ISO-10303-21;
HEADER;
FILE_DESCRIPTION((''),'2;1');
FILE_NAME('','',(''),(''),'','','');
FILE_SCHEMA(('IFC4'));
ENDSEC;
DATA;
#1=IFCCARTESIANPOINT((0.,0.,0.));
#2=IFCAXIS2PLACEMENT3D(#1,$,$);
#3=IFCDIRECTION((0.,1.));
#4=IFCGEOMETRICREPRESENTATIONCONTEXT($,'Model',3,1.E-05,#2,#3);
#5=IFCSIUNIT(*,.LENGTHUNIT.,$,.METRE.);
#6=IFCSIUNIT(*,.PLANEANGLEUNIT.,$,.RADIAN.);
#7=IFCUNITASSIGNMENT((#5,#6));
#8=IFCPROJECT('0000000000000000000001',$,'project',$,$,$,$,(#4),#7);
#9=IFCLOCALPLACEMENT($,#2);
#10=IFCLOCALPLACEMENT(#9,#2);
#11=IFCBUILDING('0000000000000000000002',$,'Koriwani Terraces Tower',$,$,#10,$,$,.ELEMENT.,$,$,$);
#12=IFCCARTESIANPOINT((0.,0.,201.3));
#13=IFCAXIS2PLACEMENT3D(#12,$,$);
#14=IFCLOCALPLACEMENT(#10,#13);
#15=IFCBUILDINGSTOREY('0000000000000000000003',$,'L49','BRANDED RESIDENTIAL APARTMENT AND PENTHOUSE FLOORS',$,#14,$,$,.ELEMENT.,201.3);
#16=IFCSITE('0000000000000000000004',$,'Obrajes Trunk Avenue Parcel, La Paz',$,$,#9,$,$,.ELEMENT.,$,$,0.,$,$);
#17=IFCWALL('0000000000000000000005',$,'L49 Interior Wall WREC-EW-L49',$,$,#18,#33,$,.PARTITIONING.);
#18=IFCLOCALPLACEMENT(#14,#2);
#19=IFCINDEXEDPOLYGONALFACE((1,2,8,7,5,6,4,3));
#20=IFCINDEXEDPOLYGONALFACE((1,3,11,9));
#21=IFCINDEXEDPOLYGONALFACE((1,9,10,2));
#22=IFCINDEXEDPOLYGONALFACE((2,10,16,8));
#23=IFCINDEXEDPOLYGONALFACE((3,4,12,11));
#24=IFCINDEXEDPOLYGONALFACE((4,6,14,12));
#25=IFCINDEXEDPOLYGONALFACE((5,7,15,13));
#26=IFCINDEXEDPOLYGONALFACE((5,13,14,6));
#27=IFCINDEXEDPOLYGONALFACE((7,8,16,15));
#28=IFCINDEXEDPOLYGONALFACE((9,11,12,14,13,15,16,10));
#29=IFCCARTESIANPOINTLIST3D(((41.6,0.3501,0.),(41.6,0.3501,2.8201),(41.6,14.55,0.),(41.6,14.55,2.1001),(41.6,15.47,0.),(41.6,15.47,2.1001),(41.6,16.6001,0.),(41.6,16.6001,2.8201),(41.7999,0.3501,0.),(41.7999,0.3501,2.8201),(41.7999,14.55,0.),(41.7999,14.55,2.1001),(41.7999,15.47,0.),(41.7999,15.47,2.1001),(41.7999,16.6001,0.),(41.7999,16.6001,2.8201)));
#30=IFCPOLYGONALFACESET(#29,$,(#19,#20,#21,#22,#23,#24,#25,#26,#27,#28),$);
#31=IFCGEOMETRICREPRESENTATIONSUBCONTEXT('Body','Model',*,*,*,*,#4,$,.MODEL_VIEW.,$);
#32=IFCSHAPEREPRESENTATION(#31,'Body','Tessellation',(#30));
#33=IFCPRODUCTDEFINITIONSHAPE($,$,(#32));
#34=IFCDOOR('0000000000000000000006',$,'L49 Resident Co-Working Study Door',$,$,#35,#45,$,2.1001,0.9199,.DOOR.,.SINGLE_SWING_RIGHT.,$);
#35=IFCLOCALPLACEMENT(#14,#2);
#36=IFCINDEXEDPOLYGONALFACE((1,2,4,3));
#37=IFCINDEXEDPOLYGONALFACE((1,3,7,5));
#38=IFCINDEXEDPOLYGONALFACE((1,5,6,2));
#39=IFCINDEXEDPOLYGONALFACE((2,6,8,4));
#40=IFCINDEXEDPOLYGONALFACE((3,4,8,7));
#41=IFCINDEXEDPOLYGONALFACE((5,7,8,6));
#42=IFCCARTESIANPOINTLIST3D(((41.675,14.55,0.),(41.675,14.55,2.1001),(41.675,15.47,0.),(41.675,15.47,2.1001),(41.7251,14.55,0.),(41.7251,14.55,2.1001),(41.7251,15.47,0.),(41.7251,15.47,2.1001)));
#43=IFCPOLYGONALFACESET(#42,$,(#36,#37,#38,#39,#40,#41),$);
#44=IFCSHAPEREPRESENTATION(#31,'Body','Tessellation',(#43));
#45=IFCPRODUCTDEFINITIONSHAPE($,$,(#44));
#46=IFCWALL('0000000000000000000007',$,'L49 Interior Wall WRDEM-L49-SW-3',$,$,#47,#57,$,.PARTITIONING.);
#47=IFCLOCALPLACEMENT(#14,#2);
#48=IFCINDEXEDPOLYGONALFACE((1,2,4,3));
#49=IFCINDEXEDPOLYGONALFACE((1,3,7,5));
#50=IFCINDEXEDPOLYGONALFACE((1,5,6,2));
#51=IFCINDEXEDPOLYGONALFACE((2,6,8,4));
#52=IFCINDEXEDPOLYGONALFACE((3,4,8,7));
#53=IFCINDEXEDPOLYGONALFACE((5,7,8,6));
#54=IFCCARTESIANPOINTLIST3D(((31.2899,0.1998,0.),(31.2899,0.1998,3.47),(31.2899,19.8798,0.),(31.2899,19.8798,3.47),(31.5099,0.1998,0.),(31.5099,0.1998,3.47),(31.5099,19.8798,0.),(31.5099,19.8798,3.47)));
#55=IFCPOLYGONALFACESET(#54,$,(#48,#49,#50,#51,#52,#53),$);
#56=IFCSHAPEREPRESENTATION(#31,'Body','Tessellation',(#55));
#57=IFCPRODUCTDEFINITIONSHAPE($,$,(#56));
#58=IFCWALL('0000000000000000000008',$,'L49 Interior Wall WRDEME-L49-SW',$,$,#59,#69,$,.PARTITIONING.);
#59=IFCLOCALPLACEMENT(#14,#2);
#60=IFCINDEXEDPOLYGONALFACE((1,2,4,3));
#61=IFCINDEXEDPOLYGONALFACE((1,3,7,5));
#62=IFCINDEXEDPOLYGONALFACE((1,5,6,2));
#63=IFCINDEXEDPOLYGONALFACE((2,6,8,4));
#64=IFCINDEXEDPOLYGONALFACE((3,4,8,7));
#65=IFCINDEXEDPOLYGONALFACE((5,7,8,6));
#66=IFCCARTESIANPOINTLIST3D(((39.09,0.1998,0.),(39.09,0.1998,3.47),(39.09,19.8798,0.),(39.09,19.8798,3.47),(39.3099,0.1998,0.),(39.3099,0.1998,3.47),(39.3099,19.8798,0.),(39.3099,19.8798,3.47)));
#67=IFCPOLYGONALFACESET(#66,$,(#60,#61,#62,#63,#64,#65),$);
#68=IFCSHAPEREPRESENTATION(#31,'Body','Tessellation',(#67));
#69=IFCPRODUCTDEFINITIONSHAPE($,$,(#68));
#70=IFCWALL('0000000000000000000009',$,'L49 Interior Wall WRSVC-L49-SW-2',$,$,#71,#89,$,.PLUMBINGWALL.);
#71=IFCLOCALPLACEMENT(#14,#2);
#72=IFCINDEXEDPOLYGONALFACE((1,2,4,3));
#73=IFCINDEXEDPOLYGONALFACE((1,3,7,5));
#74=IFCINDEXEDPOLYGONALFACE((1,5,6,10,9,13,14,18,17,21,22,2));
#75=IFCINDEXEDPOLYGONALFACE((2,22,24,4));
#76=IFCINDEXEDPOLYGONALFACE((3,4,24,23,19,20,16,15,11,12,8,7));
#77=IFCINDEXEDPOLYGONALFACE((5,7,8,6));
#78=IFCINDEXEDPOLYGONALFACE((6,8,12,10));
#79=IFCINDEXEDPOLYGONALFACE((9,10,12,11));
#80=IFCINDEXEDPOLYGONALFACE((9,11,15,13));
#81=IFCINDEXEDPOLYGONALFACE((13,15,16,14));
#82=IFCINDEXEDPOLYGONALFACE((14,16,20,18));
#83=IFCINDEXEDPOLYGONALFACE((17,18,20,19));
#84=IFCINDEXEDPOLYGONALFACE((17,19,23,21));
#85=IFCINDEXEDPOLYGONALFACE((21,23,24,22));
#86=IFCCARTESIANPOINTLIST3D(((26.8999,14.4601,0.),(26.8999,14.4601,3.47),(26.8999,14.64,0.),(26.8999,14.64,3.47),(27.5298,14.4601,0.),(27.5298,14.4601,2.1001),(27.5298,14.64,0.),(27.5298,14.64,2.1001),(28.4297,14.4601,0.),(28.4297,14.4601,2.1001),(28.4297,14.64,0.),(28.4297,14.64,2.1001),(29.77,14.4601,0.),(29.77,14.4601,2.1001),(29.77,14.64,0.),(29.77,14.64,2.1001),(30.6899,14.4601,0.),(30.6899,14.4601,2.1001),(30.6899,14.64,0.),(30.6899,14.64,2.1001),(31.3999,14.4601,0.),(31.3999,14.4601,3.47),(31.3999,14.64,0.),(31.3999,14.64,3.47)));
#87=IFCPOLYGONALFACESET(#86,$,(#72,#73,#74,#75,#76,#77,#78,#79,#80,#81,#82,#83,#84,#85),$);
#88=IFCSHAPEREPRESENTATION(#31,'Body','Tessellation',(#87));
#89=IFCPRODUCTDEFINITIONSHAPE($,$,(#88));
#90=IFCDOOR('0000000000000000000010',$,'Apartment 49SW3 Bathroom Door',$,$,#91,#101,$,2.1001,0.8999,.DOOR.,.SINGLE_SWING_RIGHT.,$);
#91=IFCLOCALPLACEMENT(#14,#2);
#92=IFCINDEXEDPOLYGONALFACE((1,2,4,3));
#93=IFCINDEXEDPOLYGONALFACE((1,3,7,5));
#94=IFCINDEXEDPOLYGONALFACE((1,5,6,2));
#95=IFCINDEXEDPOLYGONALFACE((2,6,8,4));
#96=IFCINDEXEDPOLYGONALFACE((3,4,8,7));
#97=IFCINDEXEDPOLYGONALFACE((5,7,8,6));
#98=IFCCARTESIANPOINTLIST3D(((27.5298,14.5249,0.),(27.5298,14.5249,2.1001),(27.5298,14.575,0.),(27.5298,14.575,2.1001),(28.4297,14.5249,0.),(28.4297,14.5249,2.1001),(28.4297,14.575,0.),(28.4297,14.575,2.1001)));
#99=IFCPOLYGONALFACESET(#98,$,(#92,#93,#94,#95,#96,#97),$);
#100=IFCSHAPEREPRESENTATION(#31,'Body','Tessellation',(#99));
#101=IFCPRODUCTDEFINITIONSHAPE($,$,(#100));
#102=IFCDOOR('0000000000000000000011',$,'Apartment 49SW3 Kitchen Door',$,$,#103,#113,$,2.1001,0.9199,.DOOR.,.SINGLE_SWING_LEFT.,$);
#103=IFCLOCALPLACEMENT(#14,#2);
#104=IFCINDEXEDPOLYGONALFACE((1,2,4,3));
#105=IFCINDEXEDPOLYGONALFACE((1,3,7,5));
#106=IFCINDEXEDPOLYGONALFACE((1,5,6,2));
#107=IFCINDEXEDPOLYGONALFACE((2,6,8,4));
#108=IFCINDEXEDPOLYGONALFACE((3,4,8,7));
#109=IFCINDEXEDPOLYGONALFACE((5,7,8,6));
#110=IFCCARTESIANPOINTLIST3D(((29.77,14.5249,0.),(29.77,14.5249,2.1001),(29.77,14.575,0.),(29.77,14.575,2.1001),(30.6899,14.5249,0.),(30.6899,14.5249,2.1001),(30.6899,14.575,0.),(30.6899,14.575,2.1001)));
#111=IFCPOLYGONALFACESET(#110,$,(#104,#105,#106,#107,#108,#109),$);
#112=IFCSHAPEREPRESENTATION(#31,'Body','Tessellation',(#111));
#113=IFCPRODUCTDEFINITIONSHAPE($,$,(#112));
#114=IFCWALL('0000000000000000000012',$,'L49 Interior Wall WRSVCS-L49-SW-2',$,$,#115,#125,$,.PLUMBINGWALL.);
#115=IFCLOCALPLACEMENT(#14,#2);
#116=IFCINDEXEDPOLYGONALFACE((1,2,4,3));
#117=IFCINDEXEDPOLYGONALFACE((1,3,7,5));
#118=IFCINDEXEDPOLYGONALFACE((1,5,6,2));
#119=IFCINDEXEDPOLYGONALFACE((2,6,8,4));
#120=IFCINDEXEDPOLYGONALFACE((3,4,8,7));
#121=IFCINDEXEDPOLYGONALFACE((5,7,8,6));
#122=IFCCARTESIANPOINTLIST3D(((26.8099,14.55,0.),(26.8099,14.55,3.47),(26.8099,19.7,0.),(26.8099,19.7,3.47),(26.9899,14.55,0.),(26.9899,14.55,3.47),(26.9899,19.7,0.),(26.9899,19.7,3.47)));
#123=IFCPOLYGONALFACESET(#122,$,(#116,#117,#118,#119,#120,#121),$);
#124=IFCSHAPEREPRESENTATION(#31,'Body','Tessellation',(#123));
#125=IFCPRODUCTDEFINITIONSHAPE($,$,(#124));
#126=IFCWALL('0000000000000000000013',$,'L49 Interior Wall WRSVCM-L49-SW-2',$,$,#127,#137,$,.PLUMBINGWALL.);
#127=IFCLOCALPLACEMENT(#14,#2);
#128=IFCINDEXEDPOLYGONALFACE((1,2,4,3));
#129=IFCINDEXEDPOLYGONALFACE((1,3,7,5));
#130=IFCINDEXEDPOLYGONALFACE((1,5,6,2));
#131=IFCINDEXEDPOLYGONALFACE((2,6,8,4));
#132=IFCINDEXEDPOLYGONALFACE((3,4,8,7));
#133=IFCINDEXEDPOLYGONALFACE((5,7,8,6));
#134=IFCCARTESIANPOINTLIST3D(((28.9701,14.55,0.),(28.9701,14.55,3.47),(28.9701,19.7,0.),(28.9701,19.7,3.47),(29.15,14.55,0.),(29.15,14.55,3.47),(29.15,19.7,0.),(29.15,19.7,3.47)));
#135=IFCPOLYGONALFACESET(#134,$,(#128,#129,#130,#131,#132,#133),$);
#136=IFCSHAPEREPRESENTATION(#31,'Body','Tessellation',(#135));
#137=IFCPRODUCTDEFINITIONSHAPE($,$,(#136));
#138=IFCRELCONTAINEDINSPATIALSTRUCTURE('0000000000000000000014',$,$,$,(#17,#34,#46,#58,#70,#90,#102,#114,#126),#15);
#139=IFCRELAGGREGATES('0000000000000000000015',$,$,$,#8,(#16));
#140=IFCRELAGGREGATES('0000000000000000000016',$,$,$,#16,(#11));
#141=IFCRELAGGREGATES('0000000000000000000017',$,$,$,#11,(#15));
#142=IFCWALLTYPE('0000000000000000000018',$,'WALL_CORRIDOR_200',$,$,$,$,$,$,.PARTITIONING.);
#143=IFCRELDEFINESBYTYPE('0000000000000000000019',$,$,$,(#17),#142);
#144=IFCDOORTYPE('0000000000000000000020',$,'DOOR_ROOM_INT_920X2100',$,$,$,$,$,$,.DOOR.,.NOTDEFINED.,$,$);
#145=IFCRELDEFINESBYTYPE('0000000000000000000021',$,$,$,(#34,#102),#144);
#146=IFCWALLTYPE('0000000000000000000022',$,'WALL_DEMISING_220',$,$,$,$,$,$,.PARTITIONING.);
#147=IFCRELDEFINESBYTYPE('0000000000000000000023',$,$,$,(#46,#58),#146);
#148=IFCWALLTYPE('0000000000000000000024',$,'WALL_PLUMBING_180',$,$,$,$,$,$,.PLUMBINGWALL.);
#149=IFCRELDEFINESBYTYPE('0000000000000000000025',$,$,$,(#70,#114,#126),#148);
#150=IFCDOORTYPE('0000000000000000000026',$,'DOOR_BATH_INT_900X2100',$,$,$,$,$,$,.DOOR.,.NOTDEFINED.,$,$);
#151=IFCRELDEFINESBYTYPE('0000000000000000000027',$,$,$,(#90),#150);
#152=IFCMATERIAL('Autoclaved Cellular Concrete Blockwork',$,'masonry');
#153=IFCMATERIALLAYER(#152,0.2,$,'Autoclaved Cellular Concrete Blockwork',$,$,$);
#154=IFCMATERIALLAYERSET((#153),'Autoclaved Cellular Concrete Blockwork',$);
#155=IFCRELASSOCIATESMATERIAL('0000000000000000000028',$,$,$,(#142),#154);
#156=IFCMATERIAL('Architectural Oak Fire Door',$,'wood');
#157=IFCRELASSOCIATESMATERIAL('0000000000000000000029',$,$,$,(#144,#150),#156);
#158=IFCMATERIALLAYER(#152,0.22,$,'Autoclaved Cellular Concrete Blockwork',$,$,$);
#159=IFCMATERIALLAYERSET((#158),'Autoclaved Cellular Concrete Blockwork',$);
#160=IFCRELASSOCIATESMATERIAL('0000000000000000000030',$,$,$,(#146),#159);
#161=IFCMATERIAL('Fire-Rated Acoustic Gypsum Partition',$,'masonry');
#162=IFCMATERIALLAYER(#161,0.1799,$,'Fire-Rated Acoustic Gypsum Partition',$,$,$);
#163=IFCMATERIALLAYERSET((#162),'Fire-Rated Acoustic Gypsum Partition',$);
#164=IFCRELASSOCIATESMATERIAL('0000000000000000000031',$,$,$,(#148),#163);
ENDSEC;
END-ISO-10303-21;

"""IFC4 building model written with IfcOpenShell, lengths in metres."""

from ifc_helpers import new_model, si_unit, direction, frame, frame_2d, origin, place, context, subcontext, project, spatial, rectangle, extrude, material, layer, layer_set, type_object, element, fill, save


model = new_model("IFC4")

# Units and contexts
model_context = context("Model", 3, precision=1e-05, world=origin(), true_north=direction((0.0, 1.0)))
body_context = subcontext(model_context, "Body", "Model", "MODEL_VIEW")
ifc_project = project(units=[si_unit("LENGTHUNIT", "METRE"), si_unit("PLANEANGLEUNIT", "RADIAN")], contexts=[model_context])

# Site, building, storey
site_placement = place(None, origin())
site = spatial("IfcSite", under=ifc_project, at=site_placement, Name="Obrajes Trunk Avenue Parcel, La Paz", CompositionType="ELEMENT", RefElevation=0.0)
building_placement = place(site_placement, origin())
building = spatial("IfcBuilding", under=site, at=building_placement, Name="Koriwani Terraces Tower", CompositionType="ELEMENT")
storey_placement = place(building_placement, frame((0.0, 0.0, 201.3)))
storey = spatial("IfcBuildingStorey", under=building, at=storey_placement, Name="L49", Description="BRANDED RESIDENTIAL APARTMENT AND PENTHOUSE FLOORS", CompositionType="ELEMENT", Elevation=201.3)

# Wall, opening, door
ifc_material_1 = material(Name="Autoclaved Cellular Concrete Blockwork", Category="masonry")
ifc_layer_1 = layer(ifc_material_1, 0.2, Name="Autoclaved Cellular Concrete Blockwork")
ifc_layer_set_1 = layer_set([ifc_layer_1], Name="Autoclaved Cellular Concrete Blockwork")
wall_type_1 = type_object("IfcWallType", Name="WALL_CORRIDOR_200", PredefinedType="PARTITIONING", material=ifc_layer_set_1)
wall_1_placement = place(storey_placement, frame((41.7, 0.3501, 0.0), z_axis=(0.0, 0.0, 1.0), x_axis=(0.0, 1.0, 0.0)))
wall_1 = element("IfcWall", 1, at=wall_1_placement, inside=storey, type_object=wall_type_1, Name="L49 Interior Wall WREC-EW-L49", PredefinedType="PARTITIONING", context=body_context, shape_type="SweptSolid", body=[
    extrude(rectangle(XDim=16.25, YDim=0.2, at=frame_2d((8.125, 0.0))), origin(), (0.0, 0.0, 1.0), 2.8201),
])
opening_1_placement = place(wall_1_placement, frame((14.2, 0.0, 0.0)))
opening_1 = element("IfcOpeningElement", 2, at=opening_1_placement, cuts=wall_1, PredefinedType="OPENING", context=body_context, shape_type="SweptSolid", body=[
    extrude(rectangle(XDim=0.9199, YDim=2.1001, at=frame_2d((0.46, 1.05))), frame((0.0, 0.1099, 0.0), z_axis=(0.0, -1.0, 0.0), x_axis=(1.0, 0.0, 0.0)), (0.0, 0.0, 1.0), 0.22),
])
ifc_material_2 = material(Name="Architectural Oak Fire Door", Category="wood")
door_type_1 = type_object("IfcDoorType", Name="DOOR_ROOM_INT_920X2100", OperationType="NOTDEFINED", PredefinedType="DOOR", material=ifc_material_2)
door_1_placement = place(opening_1_placement, origin())
door_1 = element("IfcDoor", 3, at=door_1_placement, inside=storey, type_object=door_type_1, Name="L49 Resident Co-Working Study Door", OperationType="SINGLE_SWING_RIGHT", OverallHeight=2.1001, OverallWidth=0.9199, PredefinedType="DOOR", context=body_context, shape_type="SweptSolid", body=[
    extrude(rectangle(XDim=0.9199, YDim=2.1001, at=frame_2d((0.46, 1.05))), frame((0.0, 0.0249, 0.0), z_axis=(0.0, -1.0, 0.0), x_axis=(1.0, 0.0, 0.0)), (0.0, 0.0, 1.0), 0.05),
])
fill(opening_1, door_1)

# Walls
ifc_layer_2 = layer(ifc_material_1, 0.22, Name="Autoclaved Cellular Concrete Blockwork")
ifc_layer_set_2 = layer_set([ifc_layer_2], Name="Autoclaved Cellular Concrete Blockwork")
wall_type_2 = type_object("IfcWallType", Name="WALL_DEMISING_220", PredefinedType="PARTITIONING", material=ifc_layer_set_2)
for number, where, z_axis, x_axis, name in (
    (4, (31.3999, 0.2, 0.0), (0.0, 0.0, 1.0), (0.0, 1.0, 0.0), "L49 Interior Wall WRDEM-L49-SW-3"),
    (5, (39.2, 0.2, 0.0), (0.0, 0.0, 1.0), (0.0, 1.0, 0.0), "L49 Interior Wall WRDEME-L49-SW"),
):
    element("IfcWall", number, at=place(storey_placement, frame(where, z_axis=z_axis, x_axis=x_axis)), inside=storey, type_object=wall_type_2, Name=name, PredefinedType="PARTITIONING", context=body_context, shape_type="SweptSolid", body=[
        extrude(rectangle(XDim=19.6799, YDim=0.22, at=frame_2d((9.8398, 0.0))), origin(), (0.0, 0.0, 1.0), 3.47),
    ])

# Wall, openings, doors
ifc_material_3 = material(Name="Fire-Rated Acoustic Gypsum Partition", Category="masonry")
ifc_layer_3 = layer(ifc_material_3, 0.1799, Name="Fire-Rated Acoustic Gypsum Partition")
ifc_layer_set_3 = layer_set([ifc_layer_3], Name="Fire-Rated Acoustic Gypsum Partition")
wall_type_3 = type_object("IfcWallType", Name="WALL_PLUMBING_180", PredefinedType="PLUMBINGWALL", material=ifc_layer_set_3)
wall_2_placement = place(storey_placement, frame((26.8999, 14.55, 0.0), z_axis=(0.0, 0.0, 1.0), x_axis=(1.0, 0.0, 0.0)))
wall_2 = element("IfcWall", 6, at=wall_2_placement, inside=storey, type_object=wall_type_3, Name="L49 Interior Wall WRSVC-L49-SW-2", PredefinedType="PLUMBINGWALL", context=body_context, shape_type="SweptSolid", body=[
    extrude(rectangle(XDim=4.5, YDim=0.1799, at=frame_2d((2.25, 0.0))), origin(), (0.0, 0.0, 1.0), 3.47),
])
opening_2_placement = place(wall_2_placement, frame((0.6299, 0.0, 0.0)))
opening_2 = element("IfcOpeningElement", 7, at=opening_2_placement, cuts=wall_2, PredefinedType="OPENING", context=body_context, shape_type="SweptSolid", body=[
    extrude(rectangle(XDim=0.8999, YDim=2.1001, at=frame_2d((0.45, 1.05))), frame((0.0, 0.1001, 0.0), z_axis=(0.0, -1.0, 0.0), x_axis=(1.0, 0.0, 0.0)), (0.0, 0.0, 1.0), 0.2),
])
opening_3_placement = place(wall_2_placement, frame((2.8701, 0.0, 0.0)))
opening_3 = element("IfcOpeningElement", 8, at=opening_3_placement, cuts=wall_2, PredefinedType="OPENING", context=body_context, shape_type="SweptSolid", body=[
    extrude(rectangle(XDim=0.9199, YDim=2.1001, at=frame_2d((0.46, 1.05))), frame((0.0, 0.1001, 0.0), z_axis=(0.0, -1.0, 0.0), x_axis=(1.0, 0.0, 0.0)), (0.0, 0.0, 1.0), 0.2),
])
door_type_2 = type_object("IfcDoorType", Name="DOOR_BATH_INT_900X2100", OperationType="NOTDEFINED", PredefinedType="DOOR", material=ifc_material_2)
door_2_placement = place(opening_2_placement, origin())
door_2 = element("IfcDoor", 9, at=door_2_placement, inside=storey, type_object=door_type_2, Name="Apartment 49SW3 Bathroom Door", OperationType="SINGLE_SWING_RIGHT", OverallHeight=2.1001, OverallWidth=0.8999, PredefinedType="DOOR", context=body_context, shape_type="SweptSolid", body=[
    extrude(rectangle(XDim=0.8999, YDim=2.1001, at=frame_2d((0.45, 1.05))), frame((0.0, 0.0249, 0.0), z_axis=(0.0, -1.0, 0.0), x_axis=(1.0, 0.0, 0.0)), (0.0, 0.0, 1.0), 0.05),
])
fill(opening_2, door_2)
door_3_placement = place(opening_3_placement, origin())
door_3 = element("IfcDoor", 10, at=door_3_placement, inside=storey, type_object=door_type_1, Name="Apartment 49SW3 Kitchen Door", OperationType="SINGLE_SWING_LEFT", OverallHeight=2.1001, OverallWidth=0.9199, PredefinedType="DOOR", context=body_context, shape_type="SweptSolid", body=[
    extrude(rectangle(XDim=0.9199, YDim=2.1001, at=frame_2d((0.46, 1.05))), frame((0.0, 0.0249, 0.0), z_axis=(0.0, -1.0, 0.0), x_axis=(1.0, 0.0, 0.0)), (0.0, 0.0, 1.0), 0.05),
])
fill(opening_3, door_3)

# Walls
for number, where, z_axis, x_axis, name in (
    (11, (26.8999, 14.55, 0.0), (0.0, 0.0, 1.0), (0.0, 1.0, 0.0), "L49 Interior Wall WRSVCS-L49-SW-2"),
    (12, (29.0601, 14.55, 0.0), (0.0, 0.0, 1.0), (0.0, 1.0, 0.0), "L49 Interior Wall WRSVCM-L49-SW-2"),
):
    element("IfcWall", number, at=place(storey_placement, frame(where, z_axis=z_axis, x_axis=x_axis)), inside=storey, type_object=wall_type_3, Name=name, PredefinedType="PLUMBINGWALL", context=body_context, shape_type="SweptSolid", body=[
        extrude(rectangle(XDim=5.1499, YDim=0.1799, at=frame_2d((2.575, 0.0))), origin(), (0.0, 0.0, 1.0), 3.47),
    ])

save(model, "model.ifc")
